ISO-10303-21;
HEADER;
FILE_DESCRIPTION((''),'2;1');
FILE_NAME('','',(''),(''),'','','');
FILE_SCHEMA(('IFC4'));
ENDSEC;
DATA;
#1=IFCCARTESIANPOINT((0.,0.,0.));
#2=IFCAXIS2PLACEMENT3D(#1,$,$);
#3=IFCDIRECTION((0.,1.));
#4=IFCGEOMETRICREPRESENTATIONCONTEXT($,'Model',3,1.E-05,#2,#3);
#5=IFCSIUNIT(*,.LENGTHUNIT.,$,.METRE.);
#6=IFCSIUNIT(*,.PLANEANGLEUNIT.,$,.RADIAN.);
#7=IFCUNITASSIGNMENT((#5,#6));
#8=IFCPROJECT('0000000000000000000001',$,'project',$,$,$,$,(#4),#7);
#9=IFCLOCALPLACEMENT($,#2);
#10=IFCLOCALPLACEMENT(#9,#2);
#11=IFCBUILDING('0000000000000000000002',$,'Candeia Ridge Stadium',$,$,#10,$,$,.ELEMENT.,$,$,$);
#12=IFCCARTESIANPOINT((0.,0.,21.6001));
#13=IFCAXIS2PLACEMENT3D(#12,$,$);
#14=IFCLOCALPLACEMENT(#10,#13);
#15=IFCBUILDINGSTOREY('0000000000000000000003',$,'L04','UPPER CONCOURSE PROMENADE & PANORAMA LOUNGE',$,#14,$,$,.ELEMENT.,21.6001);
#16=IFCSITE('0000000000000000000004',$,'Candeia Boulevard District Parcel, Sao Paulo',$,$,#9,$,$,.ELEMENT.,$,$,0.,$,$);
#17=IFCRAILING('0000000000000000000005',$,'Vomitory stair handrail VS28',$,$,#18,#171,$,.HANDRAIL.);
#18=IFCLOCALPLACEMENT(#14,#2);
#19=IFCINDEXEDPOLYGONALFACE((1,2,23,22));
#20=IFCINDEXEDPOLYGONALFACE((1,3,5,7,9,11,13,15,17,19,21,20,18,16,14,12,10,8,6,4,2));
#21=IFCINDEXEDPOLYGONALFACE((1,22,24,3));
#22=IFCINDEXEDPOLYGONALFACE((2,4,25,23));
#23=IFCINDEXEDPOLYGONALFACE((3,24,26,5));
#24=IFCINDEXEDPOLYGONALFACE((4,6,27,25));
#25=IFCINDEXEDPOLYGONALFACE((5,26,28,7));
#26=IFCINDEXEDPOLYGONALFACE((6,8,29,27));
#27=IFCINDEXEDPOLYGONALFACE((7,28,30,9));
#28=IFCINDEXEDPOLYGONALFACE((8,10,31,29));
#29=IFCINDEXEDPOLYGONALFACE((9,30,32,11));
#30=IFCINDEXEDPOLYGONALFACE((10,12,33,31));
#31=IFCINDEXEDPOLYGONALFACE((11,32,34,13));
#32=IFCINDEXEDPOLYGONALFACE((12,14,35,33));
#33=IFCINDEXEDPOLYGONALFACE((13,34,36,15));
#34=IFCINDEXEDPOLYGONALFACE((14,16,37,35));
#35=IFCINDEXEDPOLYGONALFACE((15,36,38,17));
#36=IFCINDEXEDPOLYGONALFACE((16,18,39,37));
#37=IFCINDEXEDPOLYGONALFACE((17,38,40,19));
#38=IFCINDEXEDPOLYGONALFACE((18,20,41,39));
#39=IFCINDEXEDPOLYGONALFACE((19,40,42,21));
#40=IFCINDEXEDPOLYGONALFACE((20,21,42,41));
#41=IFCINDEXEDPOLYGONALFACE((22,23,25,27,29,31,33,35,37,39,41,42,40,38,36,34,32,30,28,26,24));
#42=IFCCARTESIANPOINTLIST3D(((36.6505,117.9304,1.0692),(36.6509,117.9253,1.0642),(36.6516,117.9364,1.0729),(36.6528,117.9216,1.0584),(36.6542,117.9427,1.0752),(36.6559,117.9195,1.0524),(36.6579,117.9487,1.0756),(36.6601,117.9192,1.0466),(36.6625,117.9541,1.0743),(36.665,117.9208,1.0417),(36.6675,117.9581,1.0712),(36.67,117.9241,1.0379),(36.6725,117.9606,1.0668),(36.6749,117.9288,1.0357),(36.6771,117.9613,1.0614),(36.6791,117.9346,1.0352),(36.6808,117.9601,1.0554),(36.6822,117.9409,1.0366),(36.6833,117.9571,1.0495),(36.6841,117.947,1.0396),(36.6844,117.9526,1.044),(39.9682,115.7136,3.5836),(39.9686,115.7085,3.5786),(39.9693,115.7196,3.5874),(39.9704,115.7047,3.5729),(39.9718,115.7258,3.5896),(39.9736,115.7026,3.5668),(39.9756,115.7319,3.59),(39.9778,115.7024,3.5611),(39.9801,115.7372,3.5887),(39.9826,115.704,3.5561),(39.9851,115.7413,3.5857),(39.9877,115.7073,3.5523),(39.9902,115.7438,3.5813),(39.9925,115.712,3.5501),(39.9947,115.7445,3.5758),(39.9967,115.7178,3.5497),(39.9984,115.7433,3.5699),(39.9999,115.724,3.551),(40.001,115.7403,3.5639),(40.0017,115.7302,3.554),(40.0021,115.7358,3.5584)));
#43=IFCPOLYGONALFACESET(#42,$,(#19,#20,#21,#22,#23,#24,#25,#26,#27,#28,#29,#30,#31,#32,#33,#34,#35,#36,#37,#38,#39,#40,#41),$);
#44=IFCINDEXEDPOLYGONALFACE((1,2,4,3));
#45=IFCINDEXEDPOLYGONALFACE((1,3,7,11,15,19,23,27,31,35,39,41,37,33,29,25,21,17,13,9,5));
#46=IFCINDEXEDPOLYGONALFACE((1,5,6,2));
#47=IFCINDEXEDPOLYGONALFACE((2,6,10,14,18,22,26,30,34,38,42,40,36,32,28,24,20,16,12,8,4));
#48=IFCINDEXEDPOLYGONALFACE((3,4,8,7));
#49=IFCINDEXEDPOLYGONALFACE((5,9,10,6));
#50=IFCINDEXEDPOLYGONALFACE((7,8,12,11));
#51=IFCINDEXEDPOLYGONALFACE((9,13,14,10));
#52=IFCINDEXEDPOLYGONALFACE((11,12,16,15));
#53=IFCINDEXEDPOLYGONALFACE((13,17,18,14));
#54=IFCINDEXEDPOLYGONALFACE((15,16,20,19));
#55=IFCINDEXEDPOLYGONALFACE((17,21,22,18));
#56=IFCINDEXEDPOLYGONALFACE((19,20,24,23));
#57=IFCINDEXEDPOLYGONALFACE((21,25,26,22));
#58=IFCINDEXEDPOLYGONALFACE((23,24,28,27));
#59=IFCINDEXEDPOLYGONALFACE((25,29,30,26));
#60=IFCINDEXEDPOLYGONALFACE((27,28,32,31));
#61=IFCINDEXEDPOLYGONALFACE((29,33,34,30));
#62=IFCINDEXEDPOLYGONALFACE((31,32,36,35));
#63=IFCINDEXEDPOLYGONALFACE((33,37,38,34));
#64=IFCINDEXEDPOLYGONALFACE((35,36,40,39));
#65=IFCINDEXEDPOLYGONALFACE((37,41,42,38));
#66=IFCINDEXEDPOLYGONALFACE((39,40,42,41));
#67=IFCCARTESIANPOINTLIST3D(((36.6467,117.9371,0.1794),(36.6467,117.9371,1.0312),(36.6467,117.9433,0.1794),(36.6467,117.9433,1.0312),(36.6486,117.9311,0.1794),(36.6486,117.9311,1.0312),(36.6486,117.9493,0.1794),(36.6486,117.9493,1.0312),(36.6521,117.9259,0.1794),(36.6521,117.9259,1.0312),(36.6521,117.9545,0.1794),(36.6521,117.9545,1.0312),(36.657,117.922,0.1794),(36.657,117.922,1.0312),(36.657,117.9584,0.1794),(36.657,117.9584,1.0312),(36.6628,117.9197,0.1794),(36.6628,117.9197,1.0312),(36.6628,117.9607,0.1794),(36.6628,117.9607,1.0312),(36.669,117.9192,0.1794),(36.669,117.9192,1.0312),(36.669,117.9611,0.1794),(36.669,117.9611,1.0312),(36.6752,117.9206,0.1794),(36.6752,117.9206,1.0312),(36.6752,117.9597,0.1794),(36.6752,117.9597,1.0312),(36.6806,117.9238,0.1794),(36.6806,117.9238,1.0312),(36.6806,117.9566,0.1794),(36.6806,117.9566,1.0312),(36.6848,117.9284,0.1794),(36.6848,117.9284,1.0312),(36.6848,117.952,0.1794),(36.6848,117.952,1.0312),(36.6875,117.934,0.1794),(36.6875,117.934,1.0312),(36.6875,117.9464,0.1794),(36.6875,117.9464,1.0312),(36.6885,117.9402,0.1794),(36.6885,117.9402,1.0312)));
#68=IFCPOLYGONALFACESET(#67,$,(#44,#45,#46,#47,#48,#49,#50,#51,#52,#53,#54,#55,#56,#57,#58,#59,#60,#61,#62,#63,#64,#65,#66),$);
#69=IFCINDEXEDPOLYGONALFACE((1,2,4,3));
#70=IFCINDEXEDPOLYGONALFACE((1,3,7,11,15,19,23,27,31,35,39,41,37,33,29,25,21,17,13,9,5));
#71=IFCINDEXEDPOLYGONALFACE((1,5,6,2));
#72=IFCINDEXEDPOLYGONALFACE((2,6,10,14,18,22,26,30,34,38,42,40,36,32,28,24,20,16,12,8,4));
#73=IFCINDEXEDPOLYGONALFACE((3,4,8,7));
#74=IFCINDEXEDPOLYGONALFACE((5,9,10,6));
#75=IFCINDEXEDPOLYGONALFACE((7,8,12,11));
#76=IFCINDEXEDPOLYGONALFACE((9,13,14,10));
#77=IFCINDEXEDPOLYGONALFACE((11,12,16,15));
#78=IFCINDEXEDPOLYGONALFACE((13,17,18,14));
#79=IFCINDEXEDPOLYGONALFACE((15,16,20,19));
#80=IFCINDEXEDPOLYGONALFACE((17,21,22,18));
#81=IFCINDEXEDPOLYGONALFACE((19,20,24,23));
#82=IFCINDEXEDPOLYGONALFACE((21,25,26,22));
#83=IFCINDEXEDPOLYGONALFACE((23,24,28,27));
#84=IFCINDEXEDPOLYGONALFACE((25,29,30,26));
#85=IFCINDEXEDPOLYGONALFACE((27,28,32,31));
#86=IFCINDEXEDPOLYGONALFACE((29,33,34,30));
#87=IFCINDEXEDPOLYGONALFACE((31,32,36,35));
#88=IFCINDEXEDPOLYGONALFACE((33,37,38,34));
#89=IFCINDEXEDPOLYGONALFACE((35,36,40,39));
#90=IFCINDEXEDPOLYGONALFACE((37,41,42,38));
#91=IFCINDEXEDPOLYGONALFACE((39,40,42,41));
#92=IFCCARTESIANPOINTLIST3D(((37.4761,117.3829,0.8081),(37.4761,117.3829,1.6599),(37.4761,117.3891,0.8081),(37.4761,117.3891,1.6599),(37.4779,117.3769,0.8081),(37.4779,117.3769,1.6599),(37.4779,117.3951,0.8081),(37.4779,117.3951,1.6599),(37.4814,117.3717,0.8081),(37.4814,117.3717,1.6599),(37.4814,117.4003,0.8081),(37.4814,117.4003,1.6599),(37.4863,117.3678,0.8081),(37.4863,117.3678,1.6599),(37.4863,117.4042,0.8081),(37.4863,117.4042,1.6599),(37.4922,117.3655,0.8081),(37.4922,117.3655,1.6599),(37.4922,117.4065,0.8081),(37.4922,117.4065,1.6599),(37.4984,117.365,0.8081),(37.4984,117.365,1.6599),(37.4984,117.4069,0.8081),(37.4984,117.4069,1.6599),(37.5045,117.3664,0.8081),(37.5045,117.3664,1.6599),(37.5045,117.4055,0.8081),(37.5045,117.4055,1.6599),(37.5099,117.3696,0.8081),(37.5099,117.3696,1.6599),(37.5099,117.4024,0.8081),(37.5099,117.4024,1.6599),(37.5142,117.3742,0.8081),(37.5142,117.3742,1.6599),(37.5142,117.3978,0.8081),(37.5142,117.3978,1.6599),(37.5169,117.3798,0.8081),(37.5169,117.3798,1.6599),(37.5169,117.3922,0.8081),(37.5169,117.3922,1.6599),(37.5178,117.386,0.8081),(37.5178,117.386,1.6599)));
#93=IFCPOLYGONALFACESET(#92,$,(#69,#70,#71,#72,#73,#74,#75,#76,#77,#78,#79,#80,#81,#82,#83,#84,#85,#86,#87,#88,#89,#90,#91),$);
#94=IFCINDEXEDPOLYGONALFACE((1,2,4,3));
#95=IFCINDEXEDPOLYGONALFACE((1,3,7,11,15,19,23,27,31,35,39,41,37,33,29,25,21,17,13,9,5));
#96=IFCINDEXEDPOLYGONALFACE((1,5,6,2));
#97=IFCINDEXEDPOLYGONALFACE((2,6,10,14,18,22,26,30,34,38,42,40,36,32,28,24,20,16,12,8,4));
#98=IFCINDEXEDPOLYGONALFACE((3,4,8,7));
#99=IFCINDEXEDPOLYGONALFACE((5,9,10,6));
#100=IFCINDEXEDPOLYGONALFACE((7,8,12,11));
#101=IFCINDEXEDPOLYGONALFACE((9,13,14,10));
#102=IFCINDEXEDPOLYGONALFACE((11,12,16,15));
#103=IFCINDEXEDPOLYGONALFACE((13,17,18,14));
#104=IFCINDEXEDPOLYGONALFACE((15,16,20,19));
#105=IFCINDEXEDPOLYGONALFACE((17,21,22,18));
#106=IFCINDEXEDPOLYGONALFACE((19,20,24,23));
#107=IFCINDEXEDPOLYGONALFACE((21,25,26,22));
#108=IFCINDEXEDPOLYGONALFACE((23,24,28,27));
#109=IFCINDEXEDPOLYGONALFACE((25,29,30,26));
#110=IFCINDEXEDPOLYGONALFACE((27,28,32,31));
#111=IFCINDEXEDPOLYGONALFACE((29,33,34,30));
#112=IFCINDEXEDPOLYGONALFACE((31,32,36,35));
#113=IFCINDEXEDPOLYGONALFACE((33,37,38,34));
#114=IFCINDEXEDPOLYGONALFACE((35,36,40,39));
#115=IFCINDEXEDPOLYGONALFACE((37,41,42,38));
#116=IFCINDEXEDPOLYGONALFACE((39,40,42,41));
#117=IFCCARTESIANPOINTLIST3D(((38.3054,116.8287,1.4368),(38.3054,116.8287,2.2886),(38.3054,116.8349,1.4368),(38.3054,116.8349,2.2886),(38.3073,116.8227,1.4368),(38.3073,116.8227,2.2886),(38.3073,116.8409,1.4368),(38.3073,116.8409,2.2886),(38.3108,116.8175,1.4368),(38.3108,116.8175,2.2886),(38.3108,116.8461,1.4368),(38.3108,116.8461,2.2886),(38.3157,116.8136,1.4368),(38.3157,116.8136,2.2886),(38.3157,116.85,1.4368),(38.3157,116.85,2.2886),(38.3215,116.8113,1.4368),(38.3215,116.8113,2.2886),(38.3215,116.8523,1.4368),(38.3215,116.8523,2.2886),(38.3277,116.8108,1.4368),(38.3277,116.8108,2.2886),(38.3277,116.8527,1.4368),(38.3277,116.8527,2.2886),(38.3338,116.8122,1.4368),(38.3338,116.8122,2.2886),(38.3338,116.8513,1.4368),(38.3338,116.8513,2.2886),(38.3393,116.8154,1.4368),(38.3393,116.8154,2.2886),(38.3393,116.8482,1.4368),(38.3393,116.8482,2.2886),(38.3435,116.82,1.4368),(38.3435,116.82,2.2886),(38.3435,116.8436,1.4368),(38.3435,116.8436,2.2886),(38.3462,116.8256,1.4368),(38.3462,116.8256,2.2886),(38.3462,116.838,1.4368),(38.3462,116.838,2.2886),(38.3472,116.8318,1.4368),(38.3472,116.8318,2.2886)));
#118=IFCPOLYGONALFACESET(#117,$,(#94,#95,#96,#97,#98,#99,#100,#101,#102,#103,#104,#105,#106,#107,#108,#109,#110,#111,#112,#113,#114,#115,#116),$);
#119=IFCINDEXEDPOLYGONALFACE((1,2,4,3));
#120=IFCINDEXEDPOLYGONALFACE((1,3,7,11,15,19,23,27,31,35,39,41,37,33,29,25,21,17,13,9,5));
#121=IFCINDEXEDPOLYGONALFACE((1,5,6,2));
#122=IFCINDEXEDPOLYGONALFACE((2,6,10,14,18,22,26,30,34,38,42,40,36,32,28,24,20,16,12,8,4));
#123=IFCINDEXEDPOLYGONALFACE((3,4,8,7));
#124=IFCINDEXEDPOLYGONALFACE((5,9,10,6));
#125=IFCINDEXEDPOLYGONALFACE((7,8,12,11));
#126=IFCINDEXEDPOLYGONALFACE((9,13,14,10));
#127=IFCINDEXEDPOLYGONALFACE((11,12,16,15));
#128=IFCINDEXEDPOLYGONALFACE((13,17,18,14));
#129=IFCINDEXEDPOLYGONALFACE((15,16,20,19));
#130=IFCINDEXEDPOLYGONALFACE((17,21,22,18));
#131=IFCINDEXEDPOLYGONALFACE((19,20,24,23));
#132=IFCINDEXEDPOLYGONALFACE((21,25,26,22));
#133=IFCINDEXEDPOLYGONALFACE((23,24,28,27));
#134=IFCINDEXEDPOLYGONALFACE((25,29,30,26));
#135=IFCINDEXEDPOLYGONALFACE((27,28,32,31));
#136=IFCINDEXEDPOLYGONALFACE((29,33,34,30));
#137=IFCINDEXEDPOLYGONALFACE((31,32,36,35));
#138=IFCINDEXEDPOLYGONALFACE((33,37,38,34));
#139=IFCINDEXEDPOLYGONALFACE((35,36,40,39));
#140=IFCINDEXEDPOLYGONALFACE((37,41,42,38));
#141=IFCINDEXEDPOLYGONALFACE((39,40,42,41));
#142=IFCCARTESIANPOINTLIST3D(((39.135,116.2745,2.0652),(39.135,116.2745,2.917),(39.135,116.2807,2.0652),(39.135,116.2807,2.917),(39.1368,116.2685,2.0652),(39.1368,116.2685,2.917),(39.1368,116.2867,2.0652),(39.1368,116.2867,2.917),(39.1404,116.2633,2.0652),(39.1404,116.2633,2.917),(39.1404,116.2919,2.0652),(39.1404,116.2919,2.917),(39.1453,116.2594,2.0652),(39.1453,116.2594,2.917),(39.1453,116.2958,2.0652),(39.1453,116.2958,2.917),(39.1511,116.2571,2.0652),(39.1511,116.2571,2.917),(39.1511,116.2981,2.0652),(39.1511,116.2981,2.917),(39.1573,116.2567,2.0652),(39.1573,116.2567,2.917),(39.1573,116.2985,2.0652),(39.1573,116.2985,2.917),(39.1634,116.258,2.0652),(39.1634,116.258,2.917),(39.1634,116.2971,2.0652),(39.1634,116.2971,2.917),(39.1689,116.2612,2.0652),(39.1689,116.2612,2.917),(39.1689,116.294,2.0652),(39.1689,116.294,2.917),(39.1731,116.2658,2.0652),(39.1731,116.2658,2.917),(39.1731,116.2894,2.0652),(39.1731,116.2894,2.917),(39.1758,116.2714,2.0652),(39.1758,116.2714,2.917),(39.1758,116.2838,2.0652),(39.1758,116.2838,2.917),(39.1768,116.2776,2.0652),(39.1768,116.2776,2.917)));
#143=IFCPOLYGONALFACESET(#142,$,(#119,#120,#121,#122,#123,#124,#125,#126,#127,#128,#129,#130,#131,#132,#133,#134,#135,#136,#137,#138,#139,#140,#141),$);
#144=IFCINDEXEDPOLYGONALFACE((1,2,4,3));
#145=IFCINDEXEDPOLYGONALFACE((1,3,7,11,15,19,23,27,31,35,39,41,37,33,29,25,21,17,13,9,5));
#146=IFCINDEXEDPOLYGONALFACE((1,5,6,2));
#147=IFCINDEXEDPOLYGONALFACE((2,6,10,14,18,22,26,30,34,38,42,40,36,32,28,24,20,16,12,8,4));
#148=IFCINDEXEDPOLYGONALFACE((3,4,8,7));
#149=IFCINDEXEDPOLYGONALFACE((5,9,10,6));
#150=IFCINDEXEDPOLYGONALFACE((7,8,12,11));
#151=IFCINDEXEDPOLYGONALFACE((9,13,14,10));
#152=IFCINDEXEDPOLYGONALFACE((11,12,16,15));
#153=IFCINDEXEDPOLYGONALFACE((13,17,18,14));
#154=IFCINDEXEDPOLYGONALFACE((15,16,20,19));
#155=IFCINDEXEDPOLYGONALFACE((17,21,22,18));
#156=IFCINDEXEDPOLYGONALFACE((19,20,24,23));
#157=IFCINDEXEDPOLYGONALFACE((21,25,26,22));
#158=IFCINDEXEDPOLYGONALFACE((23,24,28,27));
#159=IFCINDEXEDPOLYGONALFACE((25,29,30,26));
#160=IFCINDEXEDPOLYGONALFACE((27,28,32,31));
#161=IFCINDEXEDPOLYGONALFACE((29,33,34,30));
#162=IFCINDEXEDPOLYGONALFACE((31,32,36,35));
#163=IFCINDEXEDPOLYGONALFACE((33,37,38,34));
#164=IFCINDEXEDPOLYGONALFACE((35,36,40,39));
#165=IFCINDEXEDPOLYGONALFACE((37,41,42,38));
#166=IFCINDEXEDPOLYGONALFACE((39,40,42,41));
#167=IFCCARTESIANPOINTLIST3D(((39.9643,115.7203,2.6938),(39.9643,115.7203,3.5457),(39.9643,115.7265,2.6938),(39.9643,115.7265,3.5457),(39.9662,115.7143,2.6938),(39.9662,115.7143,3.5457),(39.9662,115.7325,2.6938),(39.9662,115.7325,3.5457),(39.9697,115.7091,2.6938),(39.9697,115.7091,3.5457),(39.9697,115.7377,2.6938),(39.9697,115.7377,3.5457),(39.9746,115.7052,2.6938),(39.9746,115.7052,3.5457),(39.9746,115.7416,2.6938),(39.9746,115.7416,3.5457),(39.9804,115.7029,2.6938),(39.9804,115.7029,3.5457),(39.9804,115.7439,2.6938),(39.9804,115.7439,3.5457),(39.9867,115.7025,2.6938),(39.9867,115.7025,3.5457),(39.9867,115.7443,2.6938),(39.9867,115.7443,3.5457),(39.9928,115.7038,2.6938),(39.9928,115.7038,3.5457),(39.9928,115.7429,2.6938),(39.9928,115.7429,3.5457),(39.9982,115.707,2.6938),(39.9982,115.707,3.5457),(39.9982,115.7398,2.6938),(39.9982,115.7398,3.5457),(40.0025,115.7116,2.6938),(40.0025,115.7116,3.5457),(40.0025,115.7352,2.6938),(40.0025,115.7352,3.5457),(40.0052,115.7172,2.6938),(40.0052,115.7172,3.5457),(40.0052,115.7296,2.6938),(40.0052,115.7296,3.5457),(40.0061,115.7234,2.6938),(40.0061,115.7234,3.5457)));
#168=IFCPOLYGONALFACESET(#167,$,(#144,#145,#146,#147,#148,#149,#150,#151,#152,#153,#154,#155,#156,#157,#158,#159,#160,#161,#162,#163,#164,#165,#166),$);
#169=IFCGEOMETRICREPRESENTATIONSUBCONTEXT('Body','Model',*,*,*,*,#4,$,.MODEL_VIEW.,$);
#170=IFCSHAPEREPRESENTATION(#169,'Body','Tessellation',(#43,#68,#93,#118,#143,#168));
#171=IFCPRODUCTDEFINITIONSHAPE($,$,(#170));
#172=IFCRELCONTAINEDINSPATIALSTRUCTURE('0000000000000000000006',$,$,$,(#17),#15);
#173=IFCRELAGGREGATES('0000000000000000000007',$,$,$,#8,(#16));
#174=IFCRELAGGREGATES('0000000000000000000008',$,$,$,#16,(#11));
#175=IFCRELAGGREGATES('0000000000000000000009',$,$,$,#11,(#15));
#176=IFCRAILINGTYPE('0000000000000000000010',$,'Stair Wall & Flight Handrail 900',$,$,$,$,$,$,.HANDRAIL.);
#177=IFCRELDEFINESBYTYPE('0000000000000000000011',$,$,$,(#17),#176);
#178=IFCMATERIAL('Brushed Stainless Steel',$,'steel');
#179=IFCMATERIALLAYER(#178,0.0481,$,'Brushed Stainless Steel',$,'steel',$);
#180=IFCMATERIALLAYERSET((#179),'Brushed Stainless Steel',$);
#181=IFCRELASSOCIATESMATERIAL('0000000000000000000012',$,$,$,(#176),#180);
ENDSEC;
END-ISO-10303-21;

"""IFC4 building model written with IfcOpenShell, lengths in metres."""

from ifc_helpers import new_model, si_unit, direction, frame, origin, origin_2d, place, context, subcontext, project, spatial, circle, extrude, material, layer, layer_set, type_object, element, save


model = new_model("IFC4")

# Units and contexts
model_context = context("Model", 3, precision=1e-05, world=origin(), true_north=direction((0.0, 1.0)))
body_context = subcontext(model_context, "Body", "Model", "MODEL_VIEW")
ifc_project = project(units=[si_unit("LENGTHUNIT", "METRE"), si_unit("PLANEANGLEUNIT", "RADIAN")], contexts=[model_context])

# Site, building, storey
site_placement = place(None, origin())
site = spatial("IfcSite", under=ifc_project, at=site_placement, Name="Candeia Boulevard District Parcel, Sao Paulo", CompositionType="ELEMENT", RefElevation=0.0)
building_placement = place(site_placement, origin())
building = spatial("IfcBuilding", under=site, at=building_placement, Name="Candeia Ridge Stadium", CompositionType="ELEMENT")
storey_placement = place(building_placement, frame((0.0, 0.0, 21.6001)))
storey = spatial("IfcBuildingStorey", under=building, at=storey_placement, Name="L04", Description="UPPER CONCOURSE PROMENADE & PANORAMA LOUNGE", CompositionType="ELEMENT", Elevation=21.6001)

# Railing
ifc_material_1 = material(Name="Brushed Stainless Steel", Category="steel")
ifc_layer_1 = layer(ifc_material_1, 0.0481, Name="Brushed Stainless Steel", Category="steel")
ifc_layer_set_1 = layer_set([ifc_layer_1], Name="Brushed Stainless Steel")
railing_type_1 = type_object("IfcRailingType", Name="Stair Wall & Flight Handrail 900", PredefinedType="HANDRAIL", material=ifc_layer_set_1)
railing_1_placement = place(storey_placement, frame((36.6675, 117.9402, 0.1794)))
element("IfcRailing", 1, at=railing_1_placement, inside=storey, type_object=railing_type_1, Name="Vomitory stair handrail VS28", PredefinedType="HANDRAIL", context=body_context, shape_type="SweptSolid", body=[
    extrude(circle(Radius=0.0239, at=origin_2d()), frame((0.0, 0.0, 0.876), z_axis=(0.703445, -0.470033, 0.533136), x_axis=(0.555575, 0.831466, 0.0)), (0.0, 0.0, 1.0), 4.7163),
    extrude(circle(Radius=0.021, at=origin_2d()), origin(), (0.0, 0.0, 1.0), 0.8518),
    extrude(circle(Radius=0.021, at=origin_2d()), frame((0.8293, -0.5542, 0.6287)), (0.0, 0.0, 1.0), 0.8518),
    extrude(circle(Radius=0.021, at=origin_2d()), frame((1.6587, -1.1084, 1.2573)), (0.0, 0.0, 1.0), 0.8518),
    extrude(circle(Radius=0.021, at=origin_2d()), frame((2.4883, -1.6626, 1.8857)), (0.0, 0.0, 1.0), 0.8518),
    extrude(circle(Radius=0.021, at=origin_2d()), frame((3.3176, -2.2168, 2.5144)), (0.0, 0.0, 1.0), 0.8518),
])

save(model, "model.ifc")
